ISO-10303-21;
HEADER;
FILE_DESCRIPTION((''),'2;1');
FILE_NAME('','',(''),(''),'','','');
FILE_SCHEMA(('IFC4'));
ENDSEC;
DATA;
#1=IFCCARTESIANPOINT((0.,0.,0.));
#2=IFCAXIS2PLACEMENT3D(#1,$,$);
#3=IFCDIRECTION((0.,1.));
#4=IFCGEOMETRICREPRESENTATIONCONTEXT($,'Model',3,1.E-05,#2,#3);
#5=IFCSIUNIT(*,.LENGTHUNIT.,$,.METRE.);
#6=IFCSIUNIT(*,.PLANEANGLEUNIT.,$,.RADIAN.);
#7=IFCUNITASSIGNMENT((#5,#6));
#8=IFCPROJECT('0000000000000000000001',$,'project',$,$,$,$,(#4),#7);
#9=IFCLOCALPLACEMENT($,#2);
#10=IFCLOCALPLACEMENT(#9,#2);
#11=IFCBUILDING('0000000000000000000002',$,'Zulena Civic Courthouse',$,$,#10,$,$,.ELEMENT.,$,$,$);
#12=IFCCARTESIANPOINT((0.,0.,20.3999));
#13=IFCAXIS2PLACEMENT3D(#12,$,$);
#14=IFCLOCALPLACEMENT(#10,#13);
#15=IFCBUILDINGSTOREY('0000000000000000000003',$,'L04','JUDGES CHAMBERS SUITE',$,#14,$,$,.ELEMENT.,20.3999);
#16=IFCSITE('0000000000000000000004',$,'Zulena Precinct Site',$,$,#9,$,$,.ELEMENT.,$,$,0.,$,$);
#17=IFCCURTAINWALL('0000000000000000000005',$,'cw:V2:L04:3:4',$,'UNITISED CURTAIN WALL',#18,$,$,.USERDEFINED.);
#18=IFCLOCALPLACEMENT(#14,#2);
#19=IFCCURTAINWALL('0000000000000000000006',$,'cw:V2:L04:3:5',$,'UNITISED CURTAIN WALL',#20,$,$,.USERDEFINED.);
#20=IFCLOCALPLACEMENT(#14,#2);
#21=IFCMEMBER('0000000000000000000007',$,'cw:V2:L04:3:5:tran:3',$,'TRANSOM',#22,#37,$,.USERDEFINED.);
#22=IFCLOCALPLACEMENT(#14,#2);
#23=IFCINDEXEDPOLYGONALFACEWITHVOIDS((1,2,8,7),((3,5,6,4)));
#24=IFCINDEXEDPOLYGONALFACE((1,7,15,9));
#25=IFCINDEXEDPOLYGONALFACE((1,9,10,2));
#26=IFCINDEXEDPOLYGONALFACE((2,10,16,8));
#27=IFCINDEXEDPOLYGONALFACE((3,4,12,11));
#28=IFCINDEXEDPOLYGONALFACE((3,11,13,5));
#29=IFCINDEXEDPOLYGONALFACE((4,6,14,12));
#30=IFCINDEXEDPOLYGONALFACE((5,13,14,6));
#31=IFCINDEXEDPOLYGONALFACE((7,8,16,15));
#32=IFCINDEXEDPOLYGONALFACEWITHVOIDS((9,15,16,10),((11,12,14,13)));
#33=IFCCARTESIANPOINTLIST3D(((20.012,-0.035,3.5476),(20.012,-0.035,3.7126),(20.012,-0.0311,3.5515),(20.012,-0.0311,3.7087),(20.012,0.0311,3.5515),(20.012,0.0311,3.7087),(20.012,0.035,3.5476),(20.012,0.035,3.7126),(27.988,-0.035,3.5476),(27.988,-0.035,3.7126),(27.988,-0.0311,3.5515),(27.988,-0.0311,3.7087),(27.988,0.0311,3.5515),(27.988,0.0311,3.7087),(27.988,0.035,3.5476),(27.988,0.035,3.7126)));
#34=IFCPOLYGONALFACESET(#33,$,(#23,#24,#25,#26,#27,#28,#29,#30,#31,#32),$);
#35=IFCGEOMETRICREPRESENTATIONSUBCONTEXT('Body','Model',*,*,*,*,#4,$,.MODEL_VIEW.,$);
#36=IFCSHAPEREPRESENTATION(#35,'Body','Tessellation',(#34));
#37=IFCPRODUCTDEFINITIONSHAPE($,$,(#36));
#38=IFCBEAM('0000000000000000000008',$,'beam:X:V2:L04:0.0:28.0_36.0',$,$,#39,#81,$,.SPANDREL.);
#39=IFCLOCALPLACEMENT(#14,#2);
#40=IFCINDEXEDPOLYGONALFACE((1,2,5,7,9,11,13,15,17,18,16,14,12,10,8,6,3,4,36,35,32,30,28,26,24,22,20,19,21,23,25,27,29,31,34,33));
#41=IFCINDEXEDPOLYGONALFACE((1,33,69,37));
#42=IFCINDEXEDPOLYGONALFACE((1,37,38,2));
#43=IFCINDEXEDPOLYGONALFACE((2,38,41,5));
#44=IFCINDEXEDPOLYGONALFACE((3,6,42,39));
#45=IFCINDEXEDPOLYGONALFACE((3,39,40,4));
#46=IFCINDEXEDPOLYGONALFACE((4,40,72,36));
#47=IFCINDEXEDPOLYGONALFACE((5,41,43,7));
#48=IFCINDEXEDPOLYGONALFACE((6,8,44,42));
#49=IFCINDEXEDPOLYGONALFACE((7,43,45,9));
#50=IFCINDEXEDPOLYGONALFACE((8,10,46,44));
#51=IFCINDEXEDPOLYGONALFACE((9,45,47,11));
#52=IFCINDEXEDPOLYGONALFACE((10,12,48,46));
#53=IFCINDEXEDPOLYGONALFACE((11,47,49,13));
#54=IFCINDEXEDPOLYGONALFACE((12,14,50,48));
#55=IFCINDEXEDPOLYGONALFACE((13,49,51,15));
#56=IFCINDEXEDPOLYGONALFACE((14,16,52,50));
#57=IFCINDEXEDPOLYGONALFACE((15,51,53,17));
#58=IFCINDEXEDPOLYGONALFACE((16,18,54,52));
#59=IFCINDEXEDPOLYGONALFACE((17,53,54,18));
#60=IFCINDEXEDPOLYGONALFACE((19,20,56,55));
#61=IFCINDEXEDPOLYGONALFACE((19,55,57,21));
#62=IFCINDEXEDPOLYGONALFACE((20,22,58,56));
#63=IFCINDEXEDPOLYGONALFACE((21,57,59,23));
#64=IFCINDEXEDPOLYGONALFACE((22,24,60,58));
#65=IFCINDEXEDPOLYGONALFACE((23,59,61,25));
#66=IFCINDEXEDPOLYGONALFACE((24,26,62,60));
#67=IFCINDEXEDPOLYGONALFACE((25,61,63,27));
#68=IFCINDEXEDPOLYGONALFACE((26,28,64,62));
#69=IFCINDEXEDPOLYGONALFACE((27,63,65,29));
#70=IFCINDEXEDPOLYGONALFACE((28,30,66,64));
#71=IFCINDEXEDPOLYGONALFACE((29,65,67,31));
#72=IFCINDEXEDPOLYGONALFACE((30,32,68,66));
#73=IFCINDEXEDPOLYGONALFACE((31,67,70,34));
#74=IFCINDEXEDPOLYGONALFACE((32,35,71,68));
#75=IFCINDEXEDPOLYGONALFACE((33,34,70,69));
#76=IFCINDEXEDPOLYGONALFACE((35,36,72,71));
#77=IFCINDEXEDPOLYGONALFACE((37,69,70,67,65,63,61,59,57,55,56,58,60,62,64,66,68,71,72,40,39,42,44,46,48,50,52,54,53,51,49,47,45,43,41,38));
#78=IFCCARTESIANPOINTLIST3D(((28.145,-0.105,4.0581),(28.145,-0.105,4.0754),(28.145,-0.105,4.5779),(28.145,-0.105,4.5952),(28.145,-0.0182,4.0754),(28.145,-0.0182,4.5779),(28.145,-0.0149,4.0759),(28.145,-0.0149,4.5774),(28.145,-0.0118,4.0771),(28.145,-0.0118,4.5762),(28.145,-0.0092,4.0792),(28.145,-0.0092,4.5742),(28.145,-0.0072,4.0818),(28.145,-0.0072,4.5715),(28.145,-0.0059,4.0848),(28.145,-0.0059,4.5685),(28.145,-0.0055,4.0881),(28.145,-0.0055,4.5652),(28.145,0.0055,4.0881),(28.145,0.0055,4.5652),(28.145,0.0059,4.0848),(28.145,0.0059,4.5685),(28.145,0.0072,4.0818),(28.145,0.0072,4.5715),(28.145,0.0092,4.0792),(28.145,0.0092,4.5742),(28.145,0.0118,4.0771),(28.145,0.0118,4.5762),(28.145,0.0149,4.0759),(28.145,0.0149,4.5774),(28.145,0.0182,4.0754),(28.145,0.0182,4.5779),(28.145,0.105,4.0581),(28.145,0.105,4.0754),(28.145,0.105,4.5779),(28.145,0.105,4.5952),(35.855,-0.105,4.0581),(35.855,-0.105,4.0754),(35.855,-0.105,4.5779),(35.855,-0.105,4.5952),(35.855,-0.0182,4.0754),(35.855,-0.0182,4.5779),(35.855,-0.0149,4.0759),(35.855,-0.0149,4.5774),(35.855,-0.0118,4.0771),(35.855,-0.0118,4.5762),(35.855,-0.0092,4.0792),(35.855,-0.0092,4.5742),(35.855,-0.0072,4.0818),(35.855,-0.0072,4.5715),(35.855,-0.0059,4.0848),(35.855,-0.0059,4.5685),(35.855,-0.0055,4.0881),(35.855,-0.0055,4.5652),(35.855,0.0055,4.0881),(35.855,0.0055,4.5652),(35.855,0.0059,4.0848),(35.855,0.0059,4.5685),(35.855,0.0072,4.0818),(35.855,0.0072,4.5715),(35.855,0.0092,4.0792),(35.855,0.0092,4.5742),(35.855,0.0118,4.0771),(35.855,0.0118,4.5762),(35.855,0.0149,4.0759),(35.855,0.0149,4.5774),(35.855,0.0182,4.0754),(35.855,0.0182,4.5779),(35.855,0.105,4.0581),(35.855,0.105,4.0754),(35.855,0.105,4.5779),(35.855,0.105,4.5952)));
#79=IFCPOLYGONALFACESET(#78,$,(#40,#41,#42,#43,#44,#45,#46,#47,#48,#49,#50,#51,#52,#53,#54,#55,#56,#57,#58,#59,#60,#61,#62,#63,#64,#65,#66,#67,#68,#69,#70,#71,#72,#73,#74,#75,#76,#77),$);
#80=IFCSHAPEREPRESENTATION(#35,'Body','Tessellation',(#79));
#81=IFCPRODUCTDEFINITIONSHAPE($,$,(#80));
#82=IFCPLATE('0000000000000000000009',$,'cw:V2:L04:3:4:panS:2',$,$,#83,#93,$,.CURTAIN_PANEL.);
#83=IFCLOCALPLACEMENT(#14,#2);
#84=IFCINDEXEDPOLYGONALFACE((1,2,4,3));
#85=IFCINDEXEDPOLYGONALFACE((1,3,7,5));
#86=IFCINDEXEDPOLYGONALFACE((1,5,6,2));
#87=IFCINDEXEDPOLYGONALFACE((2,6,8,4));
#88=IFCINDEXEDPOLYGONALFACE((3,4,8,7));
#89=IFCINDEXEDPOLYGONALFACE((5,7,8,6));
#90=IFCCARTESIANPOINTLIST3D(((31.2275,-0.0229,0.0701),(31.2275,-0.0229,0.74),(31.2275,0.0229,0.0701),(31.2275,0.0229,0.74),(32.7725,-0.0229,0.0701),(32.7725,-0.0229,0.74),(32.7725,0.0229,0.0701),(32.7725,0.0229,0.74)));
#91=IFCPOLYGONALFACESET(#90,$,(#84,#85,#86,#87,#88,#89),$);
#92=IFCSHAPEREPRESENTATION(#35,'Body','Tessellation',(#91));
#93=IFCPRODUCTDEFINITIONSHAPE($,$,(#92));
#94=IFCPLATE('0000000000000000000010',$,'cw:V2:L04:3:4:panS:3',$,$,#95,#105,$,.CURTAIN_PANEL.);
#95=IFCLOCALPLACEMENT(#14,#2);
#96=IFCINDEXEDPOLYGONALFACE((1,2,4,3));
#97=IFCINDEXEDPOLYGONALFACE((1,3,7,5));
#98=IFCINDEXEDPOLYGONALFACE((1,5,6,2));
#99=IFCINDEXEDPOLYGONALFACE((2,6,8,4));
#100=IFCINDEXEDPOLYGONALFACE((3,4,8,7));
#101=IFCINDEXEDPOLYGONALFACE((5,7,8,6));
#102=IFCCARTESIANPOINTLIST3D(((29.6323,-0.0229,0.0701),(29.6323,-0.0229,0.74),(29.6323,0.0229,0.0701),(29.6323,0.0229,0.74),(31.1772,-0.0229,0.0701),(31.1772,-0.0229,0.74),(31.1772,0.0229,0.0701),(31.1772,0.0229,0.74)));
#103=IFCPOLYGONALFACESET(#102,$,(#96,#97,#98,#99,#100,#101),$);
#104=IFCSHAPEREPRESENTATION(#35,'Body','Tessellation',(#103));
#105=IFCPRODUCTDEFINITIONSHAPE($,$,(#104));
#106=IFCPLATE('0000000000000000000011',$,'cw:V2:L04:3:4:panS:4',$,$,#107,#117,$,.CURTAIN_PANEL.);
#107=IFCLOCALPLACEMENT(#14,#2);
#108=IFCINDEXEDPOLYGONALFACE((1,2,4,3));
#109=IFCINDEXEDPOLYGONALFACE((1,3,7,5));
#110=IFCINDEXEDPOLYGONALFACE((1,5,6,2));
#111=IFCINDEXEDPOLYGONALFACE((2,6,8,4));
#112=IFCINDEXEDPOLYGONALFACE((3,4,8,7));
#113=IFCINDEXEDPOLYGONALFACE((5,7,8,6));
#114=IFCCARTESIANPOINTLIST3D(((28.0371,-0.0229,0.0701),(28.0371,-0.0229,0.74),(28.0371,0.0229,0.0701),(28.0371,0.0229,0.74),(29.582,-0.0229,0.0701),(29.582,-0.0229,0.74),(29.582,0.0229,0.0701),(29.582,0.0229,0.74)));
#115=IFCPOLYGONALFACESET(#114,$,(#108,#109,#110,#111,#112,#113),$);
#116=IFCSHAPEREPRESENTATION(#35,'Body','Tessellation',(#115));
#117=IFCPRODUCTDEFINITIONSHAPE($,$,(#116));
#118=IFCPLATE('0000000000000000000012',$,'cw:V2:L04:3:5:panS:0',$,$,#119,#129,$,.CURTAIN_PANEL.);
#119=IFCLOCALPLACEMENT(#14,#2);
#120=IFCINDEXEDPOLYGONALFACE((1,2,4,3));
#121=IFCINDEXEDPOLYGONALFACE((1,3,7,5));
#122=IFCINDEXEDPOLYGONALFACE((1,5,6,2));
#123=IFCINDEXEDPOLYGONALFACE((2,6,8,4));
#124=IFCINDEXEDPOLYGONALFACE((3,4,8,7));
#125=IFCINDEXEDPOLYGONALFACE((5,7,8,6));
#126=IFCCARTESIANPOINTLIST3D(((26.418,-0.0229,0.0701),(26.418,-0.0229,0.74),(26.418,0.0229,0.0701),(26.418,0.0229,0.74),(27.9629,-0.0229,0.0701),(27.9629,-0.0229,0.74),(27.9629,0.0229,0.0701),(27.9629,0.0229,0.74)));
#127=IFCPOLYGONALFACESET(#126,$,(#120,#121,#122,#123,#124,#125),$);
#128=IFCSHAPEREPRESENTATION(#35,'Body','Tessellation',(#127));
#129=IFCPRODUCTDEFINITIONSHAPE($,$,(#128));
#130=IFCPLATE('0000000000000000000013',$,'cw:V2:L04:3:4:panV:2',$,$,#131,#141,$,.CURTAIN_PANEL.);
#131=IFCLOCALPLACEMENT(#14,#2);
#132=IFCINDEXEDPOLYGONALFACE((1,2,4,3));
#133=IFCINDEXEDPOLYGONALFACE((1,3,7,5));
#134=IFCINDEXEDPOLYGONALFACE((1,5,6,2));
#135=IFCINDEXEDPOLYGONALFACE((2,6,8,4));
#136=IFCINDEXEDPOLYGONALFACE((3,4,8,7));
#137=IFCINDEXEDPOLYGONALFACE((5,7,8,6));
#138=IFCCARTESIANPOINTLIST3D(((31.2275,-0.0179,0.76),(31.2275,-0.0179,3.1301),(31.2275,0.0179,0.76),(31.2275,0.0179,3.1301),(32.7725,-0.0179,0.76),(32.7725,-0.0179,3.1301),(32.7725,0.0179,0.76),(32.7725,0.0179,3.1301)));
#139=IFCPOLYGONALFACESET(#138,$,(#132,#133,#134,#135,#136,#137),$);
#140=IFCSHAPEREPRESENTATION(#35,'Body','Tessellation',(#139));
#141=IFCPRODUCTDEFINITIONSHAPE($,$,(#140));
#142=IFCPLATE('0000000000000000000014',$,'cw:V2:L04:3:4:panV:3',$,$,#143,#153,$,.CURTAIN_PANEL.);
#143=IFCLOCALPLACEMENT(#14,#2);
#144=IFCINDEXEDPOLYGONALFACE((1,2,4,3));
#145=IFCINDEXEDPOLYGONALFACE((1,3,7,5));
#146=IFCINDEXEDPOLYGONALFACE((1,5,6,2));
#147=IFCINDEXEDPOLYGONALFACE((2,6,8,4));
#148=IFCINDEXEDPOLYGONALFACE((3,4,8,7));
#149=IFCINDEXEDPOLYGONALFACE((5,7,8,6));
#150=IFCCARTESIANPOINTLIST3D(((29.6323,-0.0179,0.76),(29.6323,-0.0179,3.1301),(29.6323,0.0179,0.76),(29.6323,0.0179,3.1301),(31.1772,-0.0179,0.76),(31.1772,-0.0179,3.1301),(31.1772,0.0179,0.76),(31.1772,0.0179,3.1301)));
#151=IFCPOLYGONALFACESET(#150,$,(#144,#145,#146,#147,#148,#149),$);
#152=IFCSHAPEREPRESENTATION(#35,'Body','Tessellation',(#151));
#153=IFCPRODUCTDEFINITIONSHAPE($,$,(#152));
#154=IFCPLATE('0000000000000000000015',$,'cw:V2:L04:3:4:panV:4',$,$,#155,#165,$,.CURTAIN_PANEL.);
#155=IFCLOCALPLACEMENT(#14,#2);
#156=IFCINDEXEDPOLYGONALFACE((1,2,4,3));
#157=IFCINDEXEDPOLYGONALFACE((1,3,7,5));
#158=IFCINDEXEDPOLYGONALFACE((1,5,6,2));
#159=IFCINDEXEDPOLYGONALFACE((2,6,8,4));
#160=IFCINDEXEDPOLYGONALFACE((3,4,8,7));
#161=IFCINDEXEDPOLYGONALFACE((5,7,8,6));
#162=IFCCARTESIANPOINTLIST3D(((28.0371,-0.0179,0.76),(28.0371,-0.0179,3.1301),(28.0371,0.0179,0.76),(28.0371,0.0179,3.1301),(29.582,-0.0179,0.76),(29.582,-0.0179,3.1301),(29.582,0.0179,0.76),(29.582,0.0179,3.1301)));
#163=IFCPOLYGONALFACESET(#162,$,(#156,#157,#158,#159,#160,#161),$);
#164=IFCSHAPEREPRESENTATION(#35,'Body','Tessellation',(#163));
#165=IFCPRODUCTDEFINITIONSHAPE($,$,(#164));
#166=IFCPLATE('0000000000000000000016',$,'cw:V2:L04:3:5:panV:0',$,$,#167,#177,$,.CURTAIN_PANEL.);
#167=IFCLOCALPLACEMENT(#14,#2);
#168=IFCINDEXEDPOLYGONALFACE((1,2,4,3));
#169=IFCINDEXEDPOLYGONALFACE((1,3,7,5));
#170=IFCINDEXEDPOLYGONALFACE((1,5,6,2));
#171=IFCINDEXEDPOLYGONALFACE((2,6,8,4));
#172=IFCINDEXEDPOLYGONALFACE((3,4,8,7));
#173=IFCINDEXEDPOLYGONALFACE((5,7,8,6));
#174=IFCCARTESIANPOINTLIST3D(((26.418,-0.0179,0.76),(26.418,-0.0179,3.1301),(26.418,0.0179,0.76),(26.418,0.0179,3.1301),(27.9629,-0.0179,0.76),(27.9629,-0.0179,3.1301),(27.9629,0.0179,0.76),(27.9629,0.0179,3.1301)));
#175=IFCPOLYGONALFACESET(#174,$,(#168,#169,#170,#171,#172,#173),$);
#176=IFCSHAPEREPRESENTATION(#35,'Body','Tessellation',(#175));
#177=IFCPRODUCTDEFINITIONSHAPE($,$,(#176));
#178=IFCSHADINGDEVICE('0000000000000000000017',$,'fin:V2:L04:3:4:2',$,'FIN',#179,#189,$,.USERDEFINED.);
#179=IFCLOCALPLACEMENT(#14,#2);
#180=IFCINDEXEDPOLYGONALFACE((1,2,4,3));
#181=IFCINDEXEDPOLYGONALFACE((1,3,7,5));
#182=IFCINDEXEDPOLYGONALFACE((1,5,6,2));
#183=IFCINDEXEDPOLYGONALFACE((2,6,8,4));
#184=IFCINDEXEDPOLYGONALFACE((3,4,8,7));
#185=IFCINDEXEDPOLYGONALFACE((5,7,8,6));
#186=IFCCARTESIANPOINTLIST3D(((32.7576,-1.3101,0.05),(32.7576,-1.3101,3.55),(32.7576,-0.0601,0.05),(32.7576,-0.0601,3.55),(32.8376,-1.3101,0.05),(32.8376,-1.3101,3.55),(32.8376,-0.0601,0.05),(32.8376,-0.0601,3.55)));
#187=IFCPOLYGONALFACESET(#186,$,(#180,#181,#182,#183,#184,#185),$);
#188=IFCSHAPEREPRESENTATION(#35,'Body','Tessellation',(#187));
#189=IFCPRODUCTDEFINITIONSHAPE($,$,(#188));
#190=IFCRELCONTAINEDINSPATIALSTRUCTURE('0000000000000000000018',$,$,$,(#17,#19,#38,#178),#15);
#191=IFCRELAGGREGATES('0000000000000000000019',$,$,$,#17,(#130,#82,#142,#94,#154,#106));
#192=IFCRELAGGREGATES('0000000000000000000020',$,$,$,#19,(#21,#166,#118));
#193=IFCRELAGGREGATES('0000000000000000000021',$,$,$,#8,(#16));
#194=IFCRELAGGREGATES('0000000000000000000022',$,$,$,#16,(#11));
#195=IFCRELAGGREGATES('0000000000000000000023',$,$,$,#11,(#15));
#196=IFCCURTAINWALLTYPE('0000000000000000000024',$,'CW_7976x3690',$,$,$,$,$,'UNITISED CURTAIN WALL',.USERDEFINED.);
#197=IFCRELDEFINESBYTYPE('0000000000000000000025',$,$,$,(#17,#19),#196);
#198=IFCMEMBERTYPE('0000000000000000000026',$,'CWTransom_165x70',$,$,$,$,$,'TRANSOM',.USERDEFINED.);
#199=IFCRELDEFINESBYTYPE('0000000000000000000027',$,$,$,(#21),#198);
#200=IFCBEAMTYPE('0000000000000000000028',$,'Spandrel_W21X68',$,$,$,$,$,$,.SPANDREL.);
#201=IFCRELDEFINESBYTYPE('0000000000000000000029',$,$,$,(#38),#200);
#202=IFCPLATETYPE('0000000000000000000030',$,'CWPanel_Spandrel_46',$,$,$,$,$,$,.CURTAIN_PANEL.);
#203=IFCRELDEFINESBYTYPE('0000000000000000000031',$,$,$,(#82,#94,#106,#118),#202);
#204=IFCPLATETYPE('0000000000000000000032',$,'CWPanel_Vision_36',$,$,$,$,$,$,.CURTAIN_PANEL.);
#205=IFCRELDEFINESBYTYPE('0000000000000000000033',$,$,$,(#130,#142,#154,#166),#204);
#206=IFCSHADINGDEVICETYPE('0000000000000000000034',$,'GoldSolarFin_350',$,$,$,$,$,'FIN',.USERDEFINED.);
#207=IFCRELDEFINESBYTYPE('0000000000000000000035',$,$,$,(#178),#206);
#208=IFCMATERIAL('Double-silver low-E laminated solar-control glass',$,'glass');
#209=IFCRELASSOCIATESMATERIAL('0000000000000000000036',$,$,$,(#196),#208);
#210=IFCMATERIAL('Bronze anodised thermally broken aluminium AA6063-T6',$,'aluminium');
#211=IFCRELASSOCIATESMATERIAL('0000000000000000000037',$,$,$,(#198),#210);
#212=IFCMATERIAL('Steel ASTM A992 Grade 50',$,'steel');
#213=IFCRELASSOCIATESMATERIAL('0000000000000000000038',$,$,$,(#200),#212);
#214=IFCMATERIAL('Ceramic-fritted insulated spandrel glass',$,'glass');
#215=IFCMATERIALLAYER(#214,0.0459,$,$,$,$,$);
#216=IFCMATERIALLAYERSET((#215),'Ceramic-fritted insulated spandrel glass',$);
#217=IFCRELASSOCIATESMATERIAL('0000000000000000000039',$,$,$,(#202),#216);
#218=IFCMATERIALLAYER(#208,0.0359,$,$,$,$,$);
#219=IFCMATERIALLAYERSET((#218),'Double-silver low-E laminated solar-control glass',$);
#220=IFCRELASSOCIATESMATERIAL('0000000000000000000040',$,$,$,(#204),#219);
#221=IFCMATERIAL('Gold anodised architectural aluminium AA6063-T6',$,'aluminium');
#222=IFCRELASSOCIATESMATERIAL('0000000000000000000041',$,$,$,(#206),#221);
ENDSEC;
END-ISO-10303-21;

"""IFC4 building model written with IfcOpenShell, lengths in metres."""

from ifc_helpers import new_model, si_unit, direction, frame, origin, origin_2d, place, context, subcontext, project, spatial, rectangle, hollow_rectangle, i_section, extrude, material, layer, layer_set, material_profile, profile_set, type_object, element, aggregate, save


model = new_model("IFC4")

# Units and contexts
model_context = context("Model", 3, precision=1e-05, world=origin(), true_north=direction((0.0, 1.0)))
body_context = subcontext(model_context, "Body", "Model", "MODEL_VIEW")
ifc_project = project(units=[si_unit("LENGTHUNIT", "METRE"), si_unit("PLANEANGLEUNIT", "RADIAN")], contexts=[model_context])

# Site, building, storey
site_placement = place(None, origin())
site = spatial("IfcSite", under=ifc_project, at=site_placement, Name="Zulena Precinct Site", CompositionType="ELEMENT", RefElevation=0.0)
building_placement = place(site_placement, origin())
building = spatial("IfcBuilding", under=site, at=building_placement, Name="Zulena Civic Courthouse", CompositionType="ELEMENT")
storey_placement = place(building_placement, frame((0.0, 0.0, 20.3999)))
storey = spatial("IfcBuildingStorey", under=building, at=storey_placement, Name="L04", Description="JUDGES CHAMBERS SUITE", CompositionType="ELEMENT", Elevation=20.3999)

# Shared definitions
ifc_material_1 = material(Name="Steel ASTM A992 Grade 50", Category="steel")

# Curtain walls, member
ifc_material_2 = material(Name="Double-silver low-E laminated solar-control glass", Category="glass")
curtain_wall_type = type_object("IfcCurtainWallType", Name="CW_7976x3690", ElementType="UNITISED CURTAIN WALL", PredefinedType="USERDEFINED", material=ifc_material_2)
curtain_wall_1_placement = place(storey_placement, origin())
curtain_wall_1 = element("IfcCurtainWall", 1, at=curtain_wall_1_placement, inside=storey, type_object=curtain_wall_type, Name="cw:V2:L04:3:4", ObjectType="UNITISED CURTAIN WALL", PredefinedType="USERDEFINED")
ifc_material_3 = material(Name="Bronze anodised thermally broken aluminium AA6063-T6", Category="aluminium")
curtain_wall_2_placement = place(storey_placement, origin())
curtain_wall_2 = element("IfcCurtainWall", 2, at=curtain_wall_2_placement, inside=storey, type_object=curtain_wall_type, Name="cw:V2:L04:3:5", ObjectType="UNITISED CURTAIN WALL", PredefinedType="USERDEFINED")
ifc_material_profile_1 = material_profile(ifc_material_3, hollow_rectangle(XDim=0.0701, YDim=0.165, WallThickness=0.0039, at=origin_2d()), Name="CWT165X70X4")
ifc_profile_set_1 = profile_set([ifc_material_profile_1], Name="Bronze anodised thermally broken aluminium AA6063-T6")
member_type_1 = type_object("IfcMemberType", Name="CWTransom_165x70", ElementType="TRANSOM", PredefinedType="USERDEFINED", material=ifc_profile_set_1)
member_1_placement = place(storey_placement, frame((27.988, 0.0, 3.6301), z_axis=(-1.0, 0.0, 0.0), x_axis=(0.0, -1.0, 0.0)))
member_1 = element("IfcMember", 3, at=member_1_placement, type_object=member_type_1, Name="cw:V2:L04:3:5:tran:3", ObjectType="TRANSOM", PredefinedType="USERDEFINED", context=body_context, shape_type="SweptSolid", body=[
    extrude(hollow_rectangle(XDim=0.0701, YDim=0.165, WallThickness=0.0039, at=origin_2d()), origin(), (0.0, 0.0, 1.0), 7.9761),
])

# Beam
ifc_material_profile_2 = material_profile(ifc_material_1, i_section(OverallWidth=0.21, OverallDepth=0.5371, WebThickness=0.011, FlangeThickness=0.0173, FilletRadius=0.0127, at=origin_2d()), Name="W21X68")
ifc_profile_set_2 = profile_set([ifc_material_profile_2], Name="Steel ASTM A992 Grade 50")
beam_type = type_object("IfcBeamType", Name="Spandrel_W21X68", PredefinedType="SPANDREL", material=ifc_profile_set_2)
beam_placement = place(storey_placement, frame((28.145, 0.0, 4.3267), z_axis=(1.0, 0.0, 0.0), x_axis=(0.0, 1.0, 0.0)))
element("IfcBeam", 4, at=beam_placement, inside=storey, type_object=beam_type, Name="beam:X:V2:L04:0.0:28.0_36.0", PredefinedType="SPANDREL", context=body_context, shape_type="SweptSolid", body=[
    extrude(i_section(OverallWidth=0.21, OverallDepth=0.5371, WebThickness=0.011, FlangeThickness=0.0173, FilletRadius=0.0127, at=origin_2d()), origin(), (0.0, 0.0, 1.0), 7.71),
])

# Plates
ifc_material_4 = material(Name="Ceramic-fritted insulated spandrel glass", Category="glass")
ifc_layer_1 = layer(ifc_material_4, 0.0459)
ifc_layer_set_1 = layer_set([ifc_layer_1], Name="Ceramic-fritted insulated spandrel glass")
plate_type_1 = type_object("IfcPlateType", Name="CWPanel_Spandrel_46", PredefinedType="CURTAIN_PANEL", material=ifc_layer_set_1)
plate_1_placement = place(storey_placement, frame((32.0, 0.0, 0.0701), z_axis=(0.0, 0.0, 1.0), x_axis=(-1.0, 0.0, 0.0)))
plate_1 = element("IfcPlate", 5, at=plate_1_placement, type_object=plate_type_1, Name="cw:V2:L04:3:4:panS:2", PredefinedType="CURTAIN_PANEL", context=body_context, shape_type="SweptSolid", body=[
    extrude(rectangle(XDim=1.5449, YDim=0.0459, at=origin_2d()), origin(), (0.0, 0.0, 1.0), 0.6699),
])
plate_2_placement = place(storey_placement, frame((30.4048, 0.0, 0.0701), z_axis=(0.0, 0.0, 1.0), x_axis=(-1.0, 0.0, 0.0)))
plate_2 = element("IfcPlate", 6, at=plate_2_placement, type_object=plate_type_1, Name="cw:V2:L04:3:4:panS:3", PredefinedType="CURTAIN_PANEL", context=body_context, shape_type="SweptSolid", body=[
    extrude(rectangle(XDim=1.5449, YDim=0.0459, at=origin_2d()), origin(), (0.0, 0.0, 1.0), 0.6699),
])
plate_3_placement = place(storey_placement, frame((28.8096, 0.0, 0.0701), z_axis=(0.0, 0.0, 1.0), x_axis=(-1.0, 0.0, 0.0)))
plate_3 = element("IfcPlate", 7, at=plate_3_placement, type_object=plate_type_1, Name="cw:V2:L04:3:4:panS:4", PredefinedType="CURTAIN_PANEL", context=body_context, shape_type="SweptSolid", body=[
    extrude(rectangle(XDim=1.5449, YDim=0.0459, at=origin_2d()), origin(), (0.0, 0.0, 1.0), 0.6699),
])
plate_4_placement = place(storey_placement, frame((27.1904, 0.0, 0.0701), z_axis=(0.0, 0.0, 1.0), x_axis=(-1.0, 0.0, 0.0)))
plate_4 = element("IfcPlate", 8, at=plate_4_placement, type_object=plate_type_1, Name="cw:V2:L04:3:5:panS:0", PredefinedType="CURTAIN_PANEL", context=body_context, shape_type="SweptSolid", body=[
    extrude(rectangle(XDim=1.5449, YDim=0.0459, at=origin_2d()), origin(), (0.0, 0.0, 1.0), 0.6699),
])
ifc_layer_2 = layer(ifc_material_2, 0.0359)
ifc_layer_set_2 = layer_set([ifc_layer_2], Name="Double-silver low-E laminated solar-control glass")
plate_type_2 = type_object("IfcPlateType", Name="CWPanel_Vision_36", PredefinedType="CURTAIN_PANEL", material=ifc_layer_set_2)
plate_5_placement = place(storey_placement, frame((32.0, 0.0, 0.76), z_axis=(0.0, 0.0, 1.0), x_axis=(-1.0, 0.0, 0.0)))
plate_5 = element("IfcPlate", 9, at=plate_5_placement, type_object=plate_type_2, Name="cw:V2:L04:3:4:panV:2", PredefinedType="CURTAIN_PANEL", context=body_context, shape_type="SweptSolid", body=[
    extrude(rectangle(XDim=1.5449, YDim=0.0359, at=origin_2d()), origin(), (0.0, 0.0, 1.0), 2.3701),
])
plate_6_placement = place(storey_placement, frame((30.4048, 0.0, 0.76), z_axis=(0.0, 0.0, 1.0), x_axis=(-1.0, 0.0, 0.0)))
plate_6 = element("IfcPlate", 10, at=plate_6_placement, type_object=plate_type_2, Name="cw:V2:L04:3:4:panV:3", PredefinedType="CURTAIN_PANEL", context=body_context, shape_type="SweptSolid", body=[
    extrude(rectangle(XDim=1.5449, YDim=0.0359, at=origin_2d()), origin(), (0.0, 0.0, 1.0), 2.3701),
])
plate_7_placement = place(storey_placement, frame((28.8096, 0.0, 0.76), z_axis=(0.0, 0.0, 1.0), x_axis=(-1.0, 0.0, 0.0)))
plate_7 = element("IfcPlate", 11, at=plate_7_placement, type_object=plate_type_2, Name="cw:V2:L04:3:4:panV:4", PredefinedType="CURTAIN_PANEL", context=body_context, shape_type="SweptSolid", body=[
    extrude(rectangle(XDim=1.5449, YDim=0.0359, at=origin_2d()), origin(), (0.0, 0.0, 1.0), 2.3701),
])
aggregate(curtain_wall_1, [plate_5, plate_1, plate_6, plate_2, plate_7, plate_3])
plate_8_placement = place(storey_placement, frame((27.1904, 0.0, 0.76), z_axis=(0.0, 0.0, 1.0), x_axis=(-1.0, 0.0, 0.0)))
plate_8 = element("IfcPlate", 12, at=plate_8_placement, type_object=plate_type_2, Name="cw:V2:L04:3:5:panV:0", PredefinedType="CURTAIN_PANEL", context=body_context, shape_type="SweptSolid", body=[
    extrude(rectangle(XDim=1.5449, YDim=0.0359, at=origin_2d()), origin(), (0.0, 0.0, 1.0), 2.3701),
])
aggregate(curtain_wall_2, [member_1, plate_8, plate_4])

# Shading device
ifc_material_5 = material(Name="Gold anodised architectural aluminium AA6063-T6", Category="aluminium")
shading_device_type = type_object("IfcShadingDeviceType", Name="GoldSolarFin_350", ElementType="FIN", PredefinedType="USERDEFINED", material=ifc_material_5)
for number, where, z_axis, x_axis, name in (
    (13, (32.7976, -0.6851, 0.05), (0.0, 0.0, 1.0), (0.0, -1.0, 0.0), "fin:V2:L04:3:4:2"),
):
    element("IfcShadingDevice", number, at=place(storey_placement, frame(where, z_axis=z_axis, x_axis=x_axis)), inside=storey, type_object=shading_device_type, Name=name, ObjectType="FIN", PredefinedType="USERDEFINED", context=body_context, shape_type="SweptSolid", body=[
        extrude(rectangle(XDim=1.25, YDim=0.0801, at=origin_2d()), origin(), (0.0, 0.0, 1.0), 3.5),
    ])

save(model, "model.ifc")
